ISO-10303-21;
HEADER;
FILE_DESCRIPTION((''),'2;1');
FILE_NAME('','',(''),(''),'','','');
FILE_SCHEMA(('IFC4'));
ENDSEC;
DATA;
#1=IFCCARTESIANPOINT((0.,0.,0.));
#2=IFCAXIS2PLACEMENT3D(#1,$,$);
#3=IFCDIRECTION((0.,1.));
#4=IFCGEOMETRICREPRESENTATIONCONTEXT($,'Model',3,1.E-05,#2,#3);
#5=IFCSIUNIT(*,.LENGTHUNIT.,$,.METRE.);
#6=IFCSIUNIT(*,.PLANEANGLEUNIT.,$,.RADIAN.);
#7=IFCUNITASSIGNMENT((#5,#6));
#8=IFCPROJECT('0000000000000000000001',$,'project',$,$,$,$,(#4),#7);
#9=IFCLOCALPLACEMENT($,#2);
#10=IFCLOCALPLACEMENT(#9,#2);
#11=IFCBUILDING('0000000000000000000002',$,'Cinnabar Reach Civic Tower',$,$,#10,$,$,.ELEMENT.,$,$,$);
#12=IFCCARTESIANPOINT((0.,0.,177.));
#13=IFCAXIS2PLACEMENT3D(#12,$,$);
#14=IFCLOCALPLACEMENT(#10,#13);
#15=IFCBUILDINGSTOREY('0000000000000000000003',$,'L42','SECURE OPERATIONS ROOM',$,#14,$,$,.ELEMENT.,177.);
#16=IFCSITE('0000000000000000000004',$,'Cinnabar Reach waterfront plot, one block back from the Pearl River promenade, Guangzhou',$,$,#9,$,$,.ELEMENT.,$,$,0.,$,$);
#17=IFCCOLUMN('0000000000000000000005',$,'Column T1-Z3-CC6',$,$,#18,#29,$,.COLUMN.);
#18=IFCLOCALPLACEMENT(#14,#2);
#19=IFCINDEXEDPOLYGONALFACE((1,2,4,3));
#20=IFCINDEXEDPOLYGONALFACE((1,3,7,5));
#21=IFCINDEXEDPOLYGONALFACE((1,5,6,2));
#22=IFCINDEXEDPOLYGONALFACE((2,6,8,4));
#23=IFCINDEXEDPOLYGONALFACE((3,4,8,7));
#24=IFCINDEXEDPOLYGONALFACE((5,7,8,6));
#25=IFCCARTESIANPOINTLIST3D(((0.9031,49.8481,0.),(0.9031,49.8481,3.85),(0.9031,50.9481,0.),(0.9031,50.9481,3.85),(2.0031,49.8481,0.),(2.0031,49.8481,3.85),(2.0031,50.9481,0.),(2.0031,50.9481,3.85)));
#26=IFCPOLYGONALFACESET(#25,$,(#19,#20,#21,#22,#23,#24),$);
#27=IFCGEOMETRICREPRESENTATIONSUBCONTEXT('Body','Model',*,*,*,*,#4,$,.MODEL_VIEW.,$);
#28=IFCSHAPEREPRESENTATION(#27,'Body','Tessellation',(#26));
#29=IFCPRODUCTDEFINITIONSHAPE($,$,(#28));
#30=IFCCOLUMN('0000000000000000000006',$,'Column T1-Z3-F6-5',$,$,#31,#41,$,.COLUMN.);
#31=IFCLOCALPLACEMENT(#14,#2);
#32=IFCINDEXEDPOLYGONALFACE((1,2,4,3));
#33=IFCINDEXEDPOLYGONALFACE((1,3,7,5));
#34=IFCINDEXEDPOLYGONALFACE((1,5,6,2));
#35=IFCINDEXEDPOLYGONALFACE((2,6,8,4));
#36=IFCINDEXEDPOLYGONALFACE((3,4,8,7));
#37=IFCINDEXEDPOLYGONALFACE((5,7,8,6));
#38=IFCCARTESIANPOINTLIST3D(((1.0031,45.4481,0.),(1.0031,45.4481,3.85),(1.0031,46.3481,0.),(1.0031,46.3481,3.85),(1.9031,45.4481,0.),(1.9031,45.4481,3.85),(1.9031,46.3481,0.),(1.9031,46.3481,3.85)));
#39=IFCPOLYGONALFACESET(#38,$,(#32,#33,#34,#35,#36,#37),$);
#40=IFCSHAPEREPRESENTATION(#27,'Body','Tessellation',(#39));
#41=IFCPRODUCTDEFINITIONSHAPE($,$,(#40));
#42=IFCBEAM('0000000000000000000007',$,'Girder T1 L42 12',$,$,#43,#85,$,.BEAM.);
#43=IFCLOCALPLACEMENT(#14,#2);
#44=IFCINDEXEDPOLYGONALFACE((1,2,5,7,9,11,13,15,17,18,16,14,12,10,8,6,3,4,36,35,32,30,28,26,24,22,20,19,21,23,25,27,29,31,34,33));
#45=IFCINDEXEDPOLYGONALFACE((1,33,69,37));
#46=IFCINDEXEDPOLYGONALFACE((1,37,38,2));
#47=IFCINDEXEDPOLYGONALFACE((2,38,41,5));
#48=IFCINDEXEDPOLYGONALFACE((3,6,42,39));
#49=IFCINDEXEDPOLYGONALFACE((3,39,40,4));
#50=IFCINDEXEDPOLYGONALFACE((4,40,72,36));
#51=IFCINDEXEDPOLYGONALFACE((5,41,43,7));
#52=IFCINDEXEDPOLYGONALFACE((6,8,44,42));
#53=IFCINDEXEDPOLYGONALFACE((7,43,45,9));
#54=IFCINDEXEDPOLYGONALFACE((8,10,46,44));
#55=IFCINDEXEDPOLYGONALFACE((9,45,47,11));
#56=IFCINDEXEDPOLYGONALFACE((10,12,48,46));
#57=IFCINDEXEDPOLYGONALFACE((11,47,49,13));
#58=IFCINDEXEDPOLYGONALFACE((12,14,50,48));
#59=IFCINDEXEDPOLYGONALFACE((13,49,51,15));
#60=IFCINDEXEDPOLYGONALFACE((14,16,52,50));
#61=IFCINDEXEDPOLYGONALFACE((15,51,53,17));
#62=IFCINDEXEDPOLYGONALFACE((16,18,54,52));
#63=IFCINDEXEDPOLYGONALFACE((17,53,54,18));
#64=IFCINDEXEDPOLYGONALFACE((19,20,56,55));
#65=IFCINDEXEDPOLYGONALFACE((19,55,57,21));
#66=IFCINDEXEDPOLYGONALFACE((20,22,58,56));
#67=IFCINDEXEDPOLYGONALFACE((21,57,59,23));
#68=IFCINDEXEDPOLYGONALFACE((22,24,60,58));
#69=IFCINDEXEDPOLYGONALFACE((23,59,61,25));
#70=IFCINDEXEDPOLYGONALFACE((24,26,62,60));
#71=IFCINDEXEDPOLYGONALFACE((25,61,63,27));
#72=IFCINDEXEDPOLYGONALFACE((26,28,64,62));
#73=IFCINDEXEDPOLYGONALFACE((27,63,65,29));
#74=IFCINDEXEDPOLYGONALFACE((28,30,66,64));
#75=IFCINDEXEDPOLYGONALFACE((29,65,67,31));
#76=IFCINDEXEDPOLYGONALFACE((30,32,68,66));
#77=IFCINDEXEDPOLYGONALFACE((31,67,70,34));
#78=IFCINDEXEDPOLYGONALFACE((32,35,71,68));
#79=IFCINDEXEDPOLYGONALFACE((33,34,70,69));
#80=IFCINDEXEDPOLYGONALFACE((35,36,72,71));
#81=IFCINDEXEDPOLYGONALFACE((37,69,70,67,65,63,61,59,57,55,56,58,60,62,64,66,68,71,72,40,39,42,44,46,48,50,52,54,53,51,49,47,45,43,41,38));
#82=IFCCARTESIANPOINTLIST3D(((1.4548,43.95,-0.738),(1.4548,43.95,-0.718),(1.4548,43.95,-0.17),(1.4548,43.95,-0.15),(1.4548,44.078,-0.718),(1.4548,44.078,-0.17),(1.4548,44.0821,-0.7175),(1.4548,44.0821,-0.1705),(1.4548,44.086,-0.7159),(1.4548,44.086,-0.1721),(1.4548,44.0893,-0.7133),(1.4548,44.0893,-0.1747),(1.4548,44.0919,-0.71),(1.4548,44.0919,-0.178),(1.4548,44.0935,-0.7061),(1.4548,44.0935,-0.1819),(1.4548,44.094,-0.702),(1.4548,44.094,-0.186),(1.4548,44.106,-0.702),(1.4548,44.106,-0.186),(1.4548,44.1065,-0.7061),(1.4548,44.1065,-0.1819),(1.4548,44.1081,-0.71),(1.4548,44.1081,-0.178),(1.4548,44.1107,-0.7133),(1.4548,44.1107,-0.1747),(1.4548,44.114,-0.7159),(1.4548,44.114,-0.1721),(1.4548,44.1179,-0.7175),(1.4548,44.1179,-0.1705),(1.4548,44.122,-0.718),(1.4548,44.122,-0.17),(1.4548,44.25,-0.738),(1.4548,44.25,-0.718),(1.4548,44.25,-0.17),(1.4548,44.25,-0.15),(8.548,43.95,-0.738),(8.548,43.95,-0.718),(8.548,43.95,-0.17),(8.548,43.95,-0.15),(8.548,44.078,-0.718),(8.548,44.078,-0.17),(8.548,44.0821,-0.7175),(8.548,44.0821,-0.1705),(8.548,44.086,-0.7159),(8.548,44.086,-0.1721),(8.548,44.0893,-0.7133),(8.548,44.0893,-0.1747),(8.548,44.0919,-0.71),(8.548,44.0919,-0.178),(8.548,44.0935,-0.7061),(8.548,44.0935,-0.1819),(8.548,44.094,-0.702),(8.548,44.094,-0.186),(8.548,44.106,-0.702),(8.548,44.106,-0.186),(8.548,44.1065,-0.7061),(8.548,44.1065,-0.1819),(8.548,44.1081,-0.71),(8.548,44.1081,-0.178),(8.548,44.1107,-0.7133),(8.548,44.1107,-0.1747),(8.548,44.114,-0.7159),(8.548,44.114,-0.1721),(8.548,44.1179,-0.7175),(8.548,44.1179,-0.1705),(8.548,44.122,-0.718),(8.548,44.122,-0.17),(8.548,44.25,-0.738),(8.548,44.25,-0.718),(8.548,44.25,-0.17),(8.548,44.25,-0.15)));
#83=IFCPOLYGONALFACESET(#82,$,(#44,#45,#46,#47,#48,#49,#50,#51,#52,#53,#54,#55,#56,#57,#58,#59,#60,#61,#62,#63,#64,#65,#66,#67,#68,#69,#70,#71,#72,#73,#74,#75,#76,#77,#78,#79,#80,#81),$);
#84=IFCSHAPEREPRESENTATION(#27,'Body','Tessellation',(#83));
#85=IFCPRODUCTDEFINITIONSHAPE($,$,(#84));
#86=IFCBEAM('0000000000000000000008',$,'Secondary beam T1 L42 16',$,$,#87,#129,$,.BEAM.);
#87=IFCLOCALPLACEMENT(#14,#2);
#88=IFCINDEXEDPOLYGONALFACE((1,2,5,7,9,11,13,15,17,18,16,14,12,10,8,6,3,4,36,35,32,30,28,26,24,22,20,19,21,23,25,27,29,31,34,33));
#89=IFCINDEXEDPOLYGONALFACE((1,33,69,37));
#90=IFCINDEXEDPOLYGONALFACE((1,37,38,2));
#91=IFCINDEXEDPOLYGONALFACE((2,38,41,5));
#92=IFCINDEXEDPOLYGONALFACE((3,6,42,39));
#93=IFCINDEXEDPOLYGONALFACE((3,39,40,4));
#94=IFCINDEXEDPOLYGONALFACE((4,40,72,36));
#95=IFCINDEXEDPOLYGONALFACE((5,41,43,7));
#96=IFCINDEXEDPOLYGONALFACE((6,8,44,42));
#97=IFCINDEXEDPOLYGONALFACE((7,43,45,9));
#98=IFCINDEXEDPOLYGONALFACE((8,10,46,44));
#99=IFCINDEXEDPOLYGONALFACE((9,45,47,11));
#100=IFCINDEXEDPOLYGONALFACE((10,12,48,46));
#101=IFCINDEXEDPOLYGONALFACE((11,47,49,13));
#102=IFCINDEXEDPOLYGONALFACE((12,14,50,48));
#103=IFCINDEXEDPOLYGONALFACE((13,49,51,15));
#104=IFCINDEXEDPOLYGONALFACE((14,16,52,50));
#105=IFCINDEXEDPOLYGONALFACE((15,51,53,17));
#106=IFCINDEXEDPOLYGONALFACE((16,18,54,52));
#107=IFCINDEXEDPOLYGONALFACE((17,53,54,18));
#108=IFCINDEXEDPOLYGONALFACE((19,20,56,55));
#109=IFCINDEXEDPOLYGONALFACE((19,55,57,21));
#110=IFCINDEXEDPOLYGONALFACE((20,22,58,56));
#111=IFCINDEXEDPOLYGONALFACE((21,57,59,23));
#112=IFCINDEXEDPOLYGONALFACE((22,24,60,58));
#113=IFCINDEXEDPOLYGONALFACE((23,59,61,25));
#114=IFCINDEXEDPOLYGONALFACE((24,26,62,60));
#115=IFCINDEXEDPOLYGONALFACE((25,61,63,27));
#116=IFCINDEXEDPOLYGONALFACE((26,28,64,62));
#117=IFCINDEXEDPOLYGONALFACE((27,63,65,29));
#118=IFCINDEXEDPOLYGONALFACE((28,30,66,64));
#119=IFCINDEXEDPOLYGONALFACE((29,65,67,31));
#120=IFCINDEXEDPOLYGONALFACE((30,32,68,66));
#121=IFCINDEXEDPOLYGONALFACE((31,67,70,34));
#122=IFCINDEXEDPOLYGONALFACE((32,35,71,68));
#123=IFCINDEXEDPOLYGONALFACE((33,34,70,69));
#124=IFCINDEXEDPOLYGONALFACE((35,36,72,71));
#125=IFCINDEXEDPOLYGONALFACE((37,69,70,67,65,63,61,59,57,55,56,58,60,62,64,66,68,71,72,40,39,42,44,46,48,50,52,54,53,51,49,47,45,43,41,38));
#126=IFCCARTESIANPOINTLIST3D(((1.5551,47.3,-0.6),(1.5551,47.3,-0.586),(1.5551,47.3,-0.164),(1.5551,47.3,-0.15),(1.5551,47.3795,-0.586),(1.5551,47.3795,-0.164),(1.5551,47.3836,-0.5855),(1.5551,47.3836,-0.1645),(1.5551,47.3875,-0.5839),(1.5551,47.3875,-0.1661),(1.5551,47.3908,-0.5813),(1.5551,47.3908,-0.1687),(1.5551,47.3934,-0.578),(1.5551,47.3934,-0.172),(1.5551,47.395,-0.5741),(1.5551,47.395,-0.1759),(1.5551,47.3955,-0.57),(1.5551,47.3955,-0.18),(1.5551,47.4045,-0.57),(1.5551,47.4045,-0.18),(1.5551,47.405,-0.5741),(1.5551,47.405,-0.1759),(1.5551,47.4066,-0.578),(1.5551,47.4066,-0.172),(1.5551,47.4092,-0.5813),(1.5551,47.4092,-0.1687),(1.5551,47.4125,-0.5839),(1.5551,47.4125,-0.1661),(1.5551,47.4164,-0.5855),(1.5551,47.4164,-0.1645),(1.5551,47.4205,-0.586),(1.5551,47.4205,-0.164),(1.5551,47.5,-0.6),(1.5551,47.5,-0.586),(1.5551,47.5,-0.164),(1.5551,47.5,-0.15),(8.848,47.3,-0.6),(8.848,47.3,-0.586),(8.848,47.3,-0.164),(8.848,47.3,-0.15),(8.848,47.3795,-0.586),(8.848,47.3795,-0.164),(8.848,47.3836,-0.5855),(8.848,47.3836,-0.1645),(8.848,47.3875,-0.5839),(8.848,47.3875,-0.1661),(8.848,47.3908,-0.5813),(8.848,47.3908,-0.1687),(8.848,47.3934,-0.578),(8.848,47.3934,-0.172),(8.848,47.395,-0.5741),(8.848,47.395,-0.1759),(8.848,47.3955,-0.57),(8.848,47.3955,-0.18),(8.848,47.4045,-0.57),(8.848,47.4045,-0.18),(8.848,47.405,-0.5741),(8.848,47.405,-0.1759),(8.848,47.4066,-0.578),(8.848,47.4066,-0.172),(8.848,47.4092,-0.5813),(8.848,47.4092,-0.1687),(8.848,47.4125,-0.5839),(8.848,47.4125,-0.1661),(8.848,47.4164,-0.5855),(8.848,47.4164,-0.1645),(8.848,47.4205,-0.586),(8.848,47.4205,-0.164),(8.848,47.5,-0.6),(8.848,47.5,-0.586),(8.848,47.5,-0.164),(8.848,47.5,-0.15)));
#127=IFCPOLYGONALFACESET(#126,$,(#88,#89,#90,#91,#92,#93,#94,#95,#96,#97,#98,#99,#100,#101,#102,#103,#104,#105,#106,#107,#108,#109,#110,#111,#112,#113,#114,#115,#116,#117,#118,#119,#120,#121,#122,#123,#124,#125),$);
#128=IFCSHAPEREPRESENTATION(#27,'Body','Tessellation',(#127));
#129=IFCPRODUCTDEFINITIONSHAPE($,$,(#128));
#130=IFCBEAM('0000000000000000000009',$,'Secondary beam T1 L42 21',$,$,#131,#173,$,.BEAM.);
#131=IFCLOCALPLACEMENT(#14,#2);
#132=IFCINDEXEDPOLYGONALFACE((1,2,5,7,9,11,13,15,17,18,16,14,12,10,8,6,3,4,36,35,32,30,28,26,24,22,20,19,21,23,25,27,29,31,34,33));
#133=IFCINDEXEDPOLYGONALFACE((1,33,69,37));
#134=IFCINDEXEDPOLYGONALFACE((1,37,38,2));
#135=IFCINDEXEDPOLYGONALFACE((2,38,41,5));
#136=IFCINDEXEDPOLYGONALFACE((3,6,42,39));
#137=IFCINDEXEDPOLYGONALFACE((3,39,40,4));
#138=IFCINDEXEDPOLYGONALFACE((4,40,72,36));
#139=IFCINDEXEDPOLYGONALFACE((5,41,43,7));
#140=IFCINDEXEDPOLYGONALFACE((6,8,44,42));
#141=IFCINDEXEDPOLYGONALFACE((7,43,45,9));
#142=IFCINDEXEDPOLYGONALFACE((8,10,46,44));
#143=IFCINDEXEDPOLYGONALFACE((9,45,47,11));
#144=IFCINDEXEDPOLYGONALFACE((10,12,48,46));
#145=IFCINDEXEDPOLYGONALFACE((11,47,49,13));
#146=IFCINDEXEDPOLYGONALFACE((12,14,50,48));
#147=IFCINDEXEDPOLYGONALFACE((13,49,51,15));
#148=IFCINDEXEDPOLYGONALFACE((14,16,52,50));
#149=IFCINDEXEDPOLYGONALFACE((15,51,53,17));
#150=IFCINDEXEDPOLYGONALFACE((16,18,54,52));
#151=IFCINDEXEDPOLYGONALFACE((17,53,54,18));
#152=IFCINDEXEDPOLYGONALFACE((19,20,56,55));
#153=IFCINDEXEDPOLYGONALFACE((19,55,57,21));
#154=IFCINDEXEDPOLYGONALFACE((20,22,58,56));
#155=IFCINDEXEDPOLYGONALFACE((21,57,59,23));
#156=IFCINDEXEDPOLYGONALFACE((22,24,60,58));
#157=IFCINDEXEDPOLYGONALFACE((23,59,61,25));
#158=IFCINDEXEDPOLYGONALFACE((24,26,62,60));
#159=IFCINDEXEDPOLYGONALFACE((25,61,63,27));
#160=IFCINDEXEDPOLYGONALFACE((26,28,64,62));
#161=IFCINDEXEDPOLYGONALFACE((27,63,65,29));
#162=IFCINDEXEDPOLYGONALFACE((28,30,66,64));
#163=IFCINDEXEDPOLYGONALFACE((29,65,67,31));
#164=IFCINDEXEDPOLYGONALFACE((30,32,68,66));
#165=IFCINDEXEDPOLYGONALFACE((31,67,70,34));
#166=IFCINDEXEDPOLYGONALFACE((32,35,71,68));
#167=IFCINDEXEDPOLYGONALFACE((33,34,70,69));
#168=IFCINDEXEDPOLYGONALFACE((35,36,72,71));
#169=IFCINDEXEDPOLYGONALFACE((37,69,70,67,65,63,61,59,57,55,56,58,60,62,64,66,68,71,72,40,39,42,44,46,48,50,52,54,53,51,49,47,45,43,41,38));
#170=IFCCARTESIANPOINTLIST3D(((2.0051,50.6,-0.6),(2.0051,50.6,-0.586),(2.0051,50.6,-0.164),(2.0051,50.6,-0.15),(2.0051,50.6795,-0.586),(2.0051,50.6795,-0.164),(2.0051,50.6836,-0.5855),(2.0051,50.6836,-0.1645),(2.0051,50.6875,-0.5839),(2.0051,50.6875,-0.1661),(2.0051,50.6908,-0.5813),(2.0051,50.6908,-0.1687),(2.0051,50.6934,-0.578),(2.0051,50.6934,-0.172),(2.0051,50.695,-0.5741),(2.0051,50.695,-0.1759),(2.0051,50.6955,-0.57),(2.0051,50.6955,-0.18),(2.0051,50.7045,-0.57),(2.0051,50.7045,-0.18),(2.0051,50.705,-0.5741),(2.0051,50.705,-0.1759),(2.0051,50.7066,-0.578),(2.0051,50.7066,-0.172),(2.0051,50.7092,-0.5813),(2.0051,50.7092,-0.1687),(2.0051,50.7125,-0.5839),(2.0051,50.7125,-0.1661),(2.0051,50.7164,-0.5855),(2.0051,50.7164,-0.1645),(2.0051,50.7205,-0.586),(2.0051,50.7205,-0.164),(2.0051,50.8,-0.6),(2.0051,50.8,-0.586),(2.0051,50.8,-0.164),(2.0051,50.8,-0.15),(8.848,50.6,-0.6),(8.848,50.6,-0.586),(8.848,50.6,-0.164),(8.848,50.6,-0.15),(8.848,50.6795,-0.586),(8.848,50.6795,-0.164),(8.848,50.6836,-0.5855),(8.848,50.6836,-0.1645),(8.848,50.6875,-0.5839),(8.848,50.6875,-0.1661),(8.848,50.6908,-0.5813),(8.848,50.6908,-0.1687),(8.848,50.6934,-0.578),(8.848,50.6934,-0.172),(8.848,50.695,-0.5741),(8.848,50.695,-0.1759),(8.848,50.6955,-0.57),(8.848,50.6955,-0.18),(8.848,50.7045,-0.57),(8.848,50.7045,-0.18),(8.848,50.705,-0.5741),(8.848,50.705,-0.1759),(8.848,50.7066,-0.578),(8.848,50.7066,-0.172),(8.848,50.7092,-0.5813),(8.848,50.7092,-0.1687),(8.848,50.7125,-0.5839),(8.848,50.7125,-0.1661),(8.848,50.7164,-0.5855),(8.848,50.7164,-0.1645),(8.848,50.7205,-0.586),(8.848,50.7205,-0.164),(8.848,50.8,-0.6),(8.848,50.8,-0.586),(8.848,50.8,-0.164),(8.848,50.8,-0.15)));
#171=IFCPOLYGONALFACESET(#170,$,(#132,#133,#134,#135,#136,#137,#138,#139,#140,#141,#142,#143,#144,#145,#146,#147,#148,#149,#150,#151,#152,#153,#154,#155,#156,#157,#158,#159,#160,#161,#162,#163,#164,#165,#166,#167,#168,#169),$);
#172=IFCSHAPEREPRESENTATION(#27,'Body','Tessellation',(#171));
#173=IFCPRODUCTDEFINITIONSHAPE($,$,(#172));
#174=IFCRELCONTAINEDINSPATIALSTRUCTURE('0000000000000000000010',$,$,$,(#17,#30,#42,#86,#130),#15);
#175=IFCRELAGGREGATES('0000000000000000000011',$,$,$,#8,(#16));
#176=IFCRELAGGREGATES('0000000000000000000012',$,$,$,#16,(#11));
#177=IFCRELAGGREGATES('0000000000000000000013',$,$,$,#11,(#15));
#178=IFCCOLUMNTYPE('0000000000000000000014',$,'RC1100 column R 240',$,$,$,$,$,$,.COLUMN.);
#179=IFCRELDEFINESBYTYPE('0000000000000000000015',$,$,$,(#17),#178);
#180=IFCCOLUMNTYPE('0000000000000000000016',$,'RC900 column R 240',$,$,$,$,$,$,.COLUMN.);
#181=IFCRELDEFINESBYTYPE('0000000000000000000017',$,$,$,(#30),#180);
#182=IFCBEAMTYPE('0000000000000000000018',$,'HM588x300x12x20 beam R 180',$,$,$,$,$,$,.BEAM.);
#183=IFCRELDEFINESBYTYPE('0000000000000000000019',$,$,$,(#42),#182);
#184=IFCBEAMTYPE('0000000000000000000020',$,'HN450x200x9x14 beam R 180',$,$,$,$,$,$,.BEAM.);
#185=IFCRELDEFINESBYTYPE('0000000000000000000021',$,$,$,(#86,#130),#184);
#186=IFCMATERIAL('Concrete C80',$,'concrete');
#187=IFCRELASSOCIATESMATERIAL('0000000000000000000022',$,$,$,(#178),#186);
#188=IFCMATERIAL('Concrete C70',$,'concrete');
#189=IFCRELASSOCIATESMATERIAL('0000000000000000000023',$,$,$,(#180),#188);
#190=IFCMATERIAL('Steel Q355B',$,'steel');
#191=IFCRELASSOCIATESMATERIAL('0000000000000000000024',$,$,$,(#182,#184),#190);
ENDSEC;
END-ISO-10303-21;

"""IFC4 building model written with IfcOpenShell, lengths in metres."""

from ifc_helpers import new_model, si_unit, direction, frame, origin, origin_2d, place, context, subcontext, project, spatial, rectangle, i_section, extrude, material, material_profile, profile_set, type_object, element, save


model = new_model("IFC4")

# Units and contexts
model_context = context("Model", 3, precision=1e-05, world=origin(), true_north=direction((0.0, 1.0)))
body_context = subcontext(model_context, "Body", "Model", "MODEL_VIEW")
ifc_project = project(units=[si_unit("LENGTHUNIT", "METRE"), si_unit("PLANEANGLEUNIT", "RADIAN")], contexts=[model_context])

# Site, building, storey
site_placement = place(None, origin())
site = spatial("IfcSite", under=ifc_project, at=site_placement, Name="Cinnabar Reach waterfront plot, one block back from the Pearl River promenade, Guangzhou", CompositionType="ELEMENT", RefElevation=0.0)
building_placement = place(site_placement, origin())
building = spatial("IfcBuilding", under=site, at=building_placement, Name="Cinnabar Reach Civic Tower", CompositionType="ELEMENT")
storey_placement = place(building_placement, frame((0.0, 0.0, 177.0)))
storey = spatial("IfcBuildingStorey", under=building, at=storey_placement, Name="L42", Description="SECURE OPERATIONS ROOM", CompositionType="ELEMENT", Elevation=177.0)

# Columns
ifc_material_1 = material(Name="Concrete C80", Category="concrete")
ifc_material_profile_1 = material_profile(ifc_material_1, rectangle(XDim=1.1, YDim=1.1, at=origin_2d()), Name="RC1100")
ifc_profile_set_1 = profile_set([ifc_material_profile_1], Name="Concrete C80")
column_type_1 = type_object("IfcColumnType", Name="RC1100 column R 240", PredefinedType="COLUMN", material=ifc_profile_set_1)
column_1_placement = place(storey_placement, frame((1.4531, 50.3981, 0.0), z_axis=(0.0, 0.0, 1.0), x_axis=(1.0, 0.0, 0.0)))
element("IfcColumn", 1, at=column_1_placement, inside=storey, type_object=column_type_1, Name="Column T1-Z3-CC6", PredefinedType="COLUMN", context=body_context, shape_type="SweptSolid", body=[
    extrude(rectangle(XDim=1.1, YDim=1.1, at=origin_2d()), origin(), (0.0, 0.0, 1.0), 3.85),
])
ifc_material_2 = material(Name="Concrete C70", Category="concrete")
ifc_material_profile_2 = material_profile(ifc_material_2, rectangle(XDim=0.9, YDim=0.9, at=origin_2d()), Name="RC900")
ifc_profile_set_2 = profile_set([ifc_material_profile_2], Name="Concrete C70")
column_type_2 = type_object("IfcColumnType", Name="RC900 column R 240", PredefinedType="COLUMN", material=ifc_profile_set_2)
column_2_placement = place(storey_placement, frame((1.4531, 45.8981, 0.0), z_axis=(0.0, 0.0, 1.0), x_axis=(1.0, 0.0, 0.0)))
element("IfcColumn", 2, at=column_2_placement, inside=storey, type_object=column_type_2, Name="Column T1-Z3-F6-5", PredefinedType="COLUMN", context=body_context, shape_type="SweptSolid", body=[
    extrude(rectangle(XDim=0.9, YDim=0.9, at=origin_2d()), origin(), (0.0, 0.0, 1.0), 3.85),
])

# Beams
ifc_material_3 = material(Name="Steel Q355B", Category="steel")
ifc_material_profile_3 = material_profile(ifc_material_3, i_section(OverallWidth=0.3, OverallDepth=0.588, WebThickness=0.012, FlangeThickness=0.02, FilletRadius=0.016, at=origin_2d()), Name="HM588x300x12x20")
ifc_profile_set_3 = profile_set([ifc_material_profile_3], Name="Steel Q355B")
beam_type_1 = type_object("IfcBeamType", Name="HM588x300x12x20 beam R 180", PredefinedType="BEAM", material=ifc_profile_set_3)
beam_1_placement = place(storey_placement, frame((1.4548, 44.1, -0.444), z_axis=(1.0, 0.0, 0.0), x_axis=(0.0, 1.0, 0.0)))
element("IfcBeam", 3, at=beam_1_placement, inside=storey, type_object=beam_type_1, Name="Girder T1 L42 12", PredefinedType="BEAM", context=body_context, shape_type="SweptSolid", body=[
    extrude(i_section(OverallWidth=0.3, OverallDepth=0.588, WebThickness=0.012, FlangeThickness=0.02, FilletRadius=0.016, at=origin_2d()), origin(), (0.0, 0.0, 1.0), 7.0932),
])
ifc_material_profile_4 = material_profile(ifc_material_3, i_section(OverallWidth=0.2, OverallDepth=0.45, WebThickness=0.009, FlangeThickness=0.014, FilletRadius=0.016, at=origin_2d()), Name="HN450x200x9x14")
ifc_profile_set_4 = profile_set([ifc_material_profile_4], Name="Steel Q355B")
beam_type_2 = type_object("IfcBeamType", Name="HN450x200x9x14 beam R 180", PredefinedType="BEAM", material=ifc_profile_set_4)
beam_2_placement = place(storey_placement, frame((1.5551, 47.4, -0.375), z_axis=(1.0, 0.0, 0.0), x_axis=(0.0, 1.0, 0.0)))
element("IfcBeam", 4, at=beam_2_placement, inside=storey, type_object=beam_type_2, Name="Secondary beam T1 L42 16", PredefinedType="BEAM", context=body_context, shape_type="SweptSolid", body=[
    extrude(i_section(OverallWidth=0.2, OverallDepth=0.45, WebThickness=0.009, FlangeThickness=0.014, FilletRadius=0.016, at=origin_2d()), origin(), (0.0, 0.0, 1.0), 7.2929),
])
beam_3_placement = place(storey_placement, frame((2.0051, 50.7, -0.375), z_axis=(1.0, 0.0, 0.0), x_axis=(0.0, 1.0, 0.0)))
element("IfcBeam", 5, at=beam_3_placement, inside=storey, type_object=beam_type_2, Name="Secondary beam T1 L42 21", PredefinedType="BEAM", context=body_context, shape_type="SweptSolid", body=[
    extrude(i_section(OverallWidth=0.2, OverallDepth=0.45, WebThickness=0.009, FlangeThickness=0.014, FilletRadius=0.016, at=origin_2d()), origin(), (0.0, 0.0, 1.0), 6.8429),
])

save(model, "model.ifc")
